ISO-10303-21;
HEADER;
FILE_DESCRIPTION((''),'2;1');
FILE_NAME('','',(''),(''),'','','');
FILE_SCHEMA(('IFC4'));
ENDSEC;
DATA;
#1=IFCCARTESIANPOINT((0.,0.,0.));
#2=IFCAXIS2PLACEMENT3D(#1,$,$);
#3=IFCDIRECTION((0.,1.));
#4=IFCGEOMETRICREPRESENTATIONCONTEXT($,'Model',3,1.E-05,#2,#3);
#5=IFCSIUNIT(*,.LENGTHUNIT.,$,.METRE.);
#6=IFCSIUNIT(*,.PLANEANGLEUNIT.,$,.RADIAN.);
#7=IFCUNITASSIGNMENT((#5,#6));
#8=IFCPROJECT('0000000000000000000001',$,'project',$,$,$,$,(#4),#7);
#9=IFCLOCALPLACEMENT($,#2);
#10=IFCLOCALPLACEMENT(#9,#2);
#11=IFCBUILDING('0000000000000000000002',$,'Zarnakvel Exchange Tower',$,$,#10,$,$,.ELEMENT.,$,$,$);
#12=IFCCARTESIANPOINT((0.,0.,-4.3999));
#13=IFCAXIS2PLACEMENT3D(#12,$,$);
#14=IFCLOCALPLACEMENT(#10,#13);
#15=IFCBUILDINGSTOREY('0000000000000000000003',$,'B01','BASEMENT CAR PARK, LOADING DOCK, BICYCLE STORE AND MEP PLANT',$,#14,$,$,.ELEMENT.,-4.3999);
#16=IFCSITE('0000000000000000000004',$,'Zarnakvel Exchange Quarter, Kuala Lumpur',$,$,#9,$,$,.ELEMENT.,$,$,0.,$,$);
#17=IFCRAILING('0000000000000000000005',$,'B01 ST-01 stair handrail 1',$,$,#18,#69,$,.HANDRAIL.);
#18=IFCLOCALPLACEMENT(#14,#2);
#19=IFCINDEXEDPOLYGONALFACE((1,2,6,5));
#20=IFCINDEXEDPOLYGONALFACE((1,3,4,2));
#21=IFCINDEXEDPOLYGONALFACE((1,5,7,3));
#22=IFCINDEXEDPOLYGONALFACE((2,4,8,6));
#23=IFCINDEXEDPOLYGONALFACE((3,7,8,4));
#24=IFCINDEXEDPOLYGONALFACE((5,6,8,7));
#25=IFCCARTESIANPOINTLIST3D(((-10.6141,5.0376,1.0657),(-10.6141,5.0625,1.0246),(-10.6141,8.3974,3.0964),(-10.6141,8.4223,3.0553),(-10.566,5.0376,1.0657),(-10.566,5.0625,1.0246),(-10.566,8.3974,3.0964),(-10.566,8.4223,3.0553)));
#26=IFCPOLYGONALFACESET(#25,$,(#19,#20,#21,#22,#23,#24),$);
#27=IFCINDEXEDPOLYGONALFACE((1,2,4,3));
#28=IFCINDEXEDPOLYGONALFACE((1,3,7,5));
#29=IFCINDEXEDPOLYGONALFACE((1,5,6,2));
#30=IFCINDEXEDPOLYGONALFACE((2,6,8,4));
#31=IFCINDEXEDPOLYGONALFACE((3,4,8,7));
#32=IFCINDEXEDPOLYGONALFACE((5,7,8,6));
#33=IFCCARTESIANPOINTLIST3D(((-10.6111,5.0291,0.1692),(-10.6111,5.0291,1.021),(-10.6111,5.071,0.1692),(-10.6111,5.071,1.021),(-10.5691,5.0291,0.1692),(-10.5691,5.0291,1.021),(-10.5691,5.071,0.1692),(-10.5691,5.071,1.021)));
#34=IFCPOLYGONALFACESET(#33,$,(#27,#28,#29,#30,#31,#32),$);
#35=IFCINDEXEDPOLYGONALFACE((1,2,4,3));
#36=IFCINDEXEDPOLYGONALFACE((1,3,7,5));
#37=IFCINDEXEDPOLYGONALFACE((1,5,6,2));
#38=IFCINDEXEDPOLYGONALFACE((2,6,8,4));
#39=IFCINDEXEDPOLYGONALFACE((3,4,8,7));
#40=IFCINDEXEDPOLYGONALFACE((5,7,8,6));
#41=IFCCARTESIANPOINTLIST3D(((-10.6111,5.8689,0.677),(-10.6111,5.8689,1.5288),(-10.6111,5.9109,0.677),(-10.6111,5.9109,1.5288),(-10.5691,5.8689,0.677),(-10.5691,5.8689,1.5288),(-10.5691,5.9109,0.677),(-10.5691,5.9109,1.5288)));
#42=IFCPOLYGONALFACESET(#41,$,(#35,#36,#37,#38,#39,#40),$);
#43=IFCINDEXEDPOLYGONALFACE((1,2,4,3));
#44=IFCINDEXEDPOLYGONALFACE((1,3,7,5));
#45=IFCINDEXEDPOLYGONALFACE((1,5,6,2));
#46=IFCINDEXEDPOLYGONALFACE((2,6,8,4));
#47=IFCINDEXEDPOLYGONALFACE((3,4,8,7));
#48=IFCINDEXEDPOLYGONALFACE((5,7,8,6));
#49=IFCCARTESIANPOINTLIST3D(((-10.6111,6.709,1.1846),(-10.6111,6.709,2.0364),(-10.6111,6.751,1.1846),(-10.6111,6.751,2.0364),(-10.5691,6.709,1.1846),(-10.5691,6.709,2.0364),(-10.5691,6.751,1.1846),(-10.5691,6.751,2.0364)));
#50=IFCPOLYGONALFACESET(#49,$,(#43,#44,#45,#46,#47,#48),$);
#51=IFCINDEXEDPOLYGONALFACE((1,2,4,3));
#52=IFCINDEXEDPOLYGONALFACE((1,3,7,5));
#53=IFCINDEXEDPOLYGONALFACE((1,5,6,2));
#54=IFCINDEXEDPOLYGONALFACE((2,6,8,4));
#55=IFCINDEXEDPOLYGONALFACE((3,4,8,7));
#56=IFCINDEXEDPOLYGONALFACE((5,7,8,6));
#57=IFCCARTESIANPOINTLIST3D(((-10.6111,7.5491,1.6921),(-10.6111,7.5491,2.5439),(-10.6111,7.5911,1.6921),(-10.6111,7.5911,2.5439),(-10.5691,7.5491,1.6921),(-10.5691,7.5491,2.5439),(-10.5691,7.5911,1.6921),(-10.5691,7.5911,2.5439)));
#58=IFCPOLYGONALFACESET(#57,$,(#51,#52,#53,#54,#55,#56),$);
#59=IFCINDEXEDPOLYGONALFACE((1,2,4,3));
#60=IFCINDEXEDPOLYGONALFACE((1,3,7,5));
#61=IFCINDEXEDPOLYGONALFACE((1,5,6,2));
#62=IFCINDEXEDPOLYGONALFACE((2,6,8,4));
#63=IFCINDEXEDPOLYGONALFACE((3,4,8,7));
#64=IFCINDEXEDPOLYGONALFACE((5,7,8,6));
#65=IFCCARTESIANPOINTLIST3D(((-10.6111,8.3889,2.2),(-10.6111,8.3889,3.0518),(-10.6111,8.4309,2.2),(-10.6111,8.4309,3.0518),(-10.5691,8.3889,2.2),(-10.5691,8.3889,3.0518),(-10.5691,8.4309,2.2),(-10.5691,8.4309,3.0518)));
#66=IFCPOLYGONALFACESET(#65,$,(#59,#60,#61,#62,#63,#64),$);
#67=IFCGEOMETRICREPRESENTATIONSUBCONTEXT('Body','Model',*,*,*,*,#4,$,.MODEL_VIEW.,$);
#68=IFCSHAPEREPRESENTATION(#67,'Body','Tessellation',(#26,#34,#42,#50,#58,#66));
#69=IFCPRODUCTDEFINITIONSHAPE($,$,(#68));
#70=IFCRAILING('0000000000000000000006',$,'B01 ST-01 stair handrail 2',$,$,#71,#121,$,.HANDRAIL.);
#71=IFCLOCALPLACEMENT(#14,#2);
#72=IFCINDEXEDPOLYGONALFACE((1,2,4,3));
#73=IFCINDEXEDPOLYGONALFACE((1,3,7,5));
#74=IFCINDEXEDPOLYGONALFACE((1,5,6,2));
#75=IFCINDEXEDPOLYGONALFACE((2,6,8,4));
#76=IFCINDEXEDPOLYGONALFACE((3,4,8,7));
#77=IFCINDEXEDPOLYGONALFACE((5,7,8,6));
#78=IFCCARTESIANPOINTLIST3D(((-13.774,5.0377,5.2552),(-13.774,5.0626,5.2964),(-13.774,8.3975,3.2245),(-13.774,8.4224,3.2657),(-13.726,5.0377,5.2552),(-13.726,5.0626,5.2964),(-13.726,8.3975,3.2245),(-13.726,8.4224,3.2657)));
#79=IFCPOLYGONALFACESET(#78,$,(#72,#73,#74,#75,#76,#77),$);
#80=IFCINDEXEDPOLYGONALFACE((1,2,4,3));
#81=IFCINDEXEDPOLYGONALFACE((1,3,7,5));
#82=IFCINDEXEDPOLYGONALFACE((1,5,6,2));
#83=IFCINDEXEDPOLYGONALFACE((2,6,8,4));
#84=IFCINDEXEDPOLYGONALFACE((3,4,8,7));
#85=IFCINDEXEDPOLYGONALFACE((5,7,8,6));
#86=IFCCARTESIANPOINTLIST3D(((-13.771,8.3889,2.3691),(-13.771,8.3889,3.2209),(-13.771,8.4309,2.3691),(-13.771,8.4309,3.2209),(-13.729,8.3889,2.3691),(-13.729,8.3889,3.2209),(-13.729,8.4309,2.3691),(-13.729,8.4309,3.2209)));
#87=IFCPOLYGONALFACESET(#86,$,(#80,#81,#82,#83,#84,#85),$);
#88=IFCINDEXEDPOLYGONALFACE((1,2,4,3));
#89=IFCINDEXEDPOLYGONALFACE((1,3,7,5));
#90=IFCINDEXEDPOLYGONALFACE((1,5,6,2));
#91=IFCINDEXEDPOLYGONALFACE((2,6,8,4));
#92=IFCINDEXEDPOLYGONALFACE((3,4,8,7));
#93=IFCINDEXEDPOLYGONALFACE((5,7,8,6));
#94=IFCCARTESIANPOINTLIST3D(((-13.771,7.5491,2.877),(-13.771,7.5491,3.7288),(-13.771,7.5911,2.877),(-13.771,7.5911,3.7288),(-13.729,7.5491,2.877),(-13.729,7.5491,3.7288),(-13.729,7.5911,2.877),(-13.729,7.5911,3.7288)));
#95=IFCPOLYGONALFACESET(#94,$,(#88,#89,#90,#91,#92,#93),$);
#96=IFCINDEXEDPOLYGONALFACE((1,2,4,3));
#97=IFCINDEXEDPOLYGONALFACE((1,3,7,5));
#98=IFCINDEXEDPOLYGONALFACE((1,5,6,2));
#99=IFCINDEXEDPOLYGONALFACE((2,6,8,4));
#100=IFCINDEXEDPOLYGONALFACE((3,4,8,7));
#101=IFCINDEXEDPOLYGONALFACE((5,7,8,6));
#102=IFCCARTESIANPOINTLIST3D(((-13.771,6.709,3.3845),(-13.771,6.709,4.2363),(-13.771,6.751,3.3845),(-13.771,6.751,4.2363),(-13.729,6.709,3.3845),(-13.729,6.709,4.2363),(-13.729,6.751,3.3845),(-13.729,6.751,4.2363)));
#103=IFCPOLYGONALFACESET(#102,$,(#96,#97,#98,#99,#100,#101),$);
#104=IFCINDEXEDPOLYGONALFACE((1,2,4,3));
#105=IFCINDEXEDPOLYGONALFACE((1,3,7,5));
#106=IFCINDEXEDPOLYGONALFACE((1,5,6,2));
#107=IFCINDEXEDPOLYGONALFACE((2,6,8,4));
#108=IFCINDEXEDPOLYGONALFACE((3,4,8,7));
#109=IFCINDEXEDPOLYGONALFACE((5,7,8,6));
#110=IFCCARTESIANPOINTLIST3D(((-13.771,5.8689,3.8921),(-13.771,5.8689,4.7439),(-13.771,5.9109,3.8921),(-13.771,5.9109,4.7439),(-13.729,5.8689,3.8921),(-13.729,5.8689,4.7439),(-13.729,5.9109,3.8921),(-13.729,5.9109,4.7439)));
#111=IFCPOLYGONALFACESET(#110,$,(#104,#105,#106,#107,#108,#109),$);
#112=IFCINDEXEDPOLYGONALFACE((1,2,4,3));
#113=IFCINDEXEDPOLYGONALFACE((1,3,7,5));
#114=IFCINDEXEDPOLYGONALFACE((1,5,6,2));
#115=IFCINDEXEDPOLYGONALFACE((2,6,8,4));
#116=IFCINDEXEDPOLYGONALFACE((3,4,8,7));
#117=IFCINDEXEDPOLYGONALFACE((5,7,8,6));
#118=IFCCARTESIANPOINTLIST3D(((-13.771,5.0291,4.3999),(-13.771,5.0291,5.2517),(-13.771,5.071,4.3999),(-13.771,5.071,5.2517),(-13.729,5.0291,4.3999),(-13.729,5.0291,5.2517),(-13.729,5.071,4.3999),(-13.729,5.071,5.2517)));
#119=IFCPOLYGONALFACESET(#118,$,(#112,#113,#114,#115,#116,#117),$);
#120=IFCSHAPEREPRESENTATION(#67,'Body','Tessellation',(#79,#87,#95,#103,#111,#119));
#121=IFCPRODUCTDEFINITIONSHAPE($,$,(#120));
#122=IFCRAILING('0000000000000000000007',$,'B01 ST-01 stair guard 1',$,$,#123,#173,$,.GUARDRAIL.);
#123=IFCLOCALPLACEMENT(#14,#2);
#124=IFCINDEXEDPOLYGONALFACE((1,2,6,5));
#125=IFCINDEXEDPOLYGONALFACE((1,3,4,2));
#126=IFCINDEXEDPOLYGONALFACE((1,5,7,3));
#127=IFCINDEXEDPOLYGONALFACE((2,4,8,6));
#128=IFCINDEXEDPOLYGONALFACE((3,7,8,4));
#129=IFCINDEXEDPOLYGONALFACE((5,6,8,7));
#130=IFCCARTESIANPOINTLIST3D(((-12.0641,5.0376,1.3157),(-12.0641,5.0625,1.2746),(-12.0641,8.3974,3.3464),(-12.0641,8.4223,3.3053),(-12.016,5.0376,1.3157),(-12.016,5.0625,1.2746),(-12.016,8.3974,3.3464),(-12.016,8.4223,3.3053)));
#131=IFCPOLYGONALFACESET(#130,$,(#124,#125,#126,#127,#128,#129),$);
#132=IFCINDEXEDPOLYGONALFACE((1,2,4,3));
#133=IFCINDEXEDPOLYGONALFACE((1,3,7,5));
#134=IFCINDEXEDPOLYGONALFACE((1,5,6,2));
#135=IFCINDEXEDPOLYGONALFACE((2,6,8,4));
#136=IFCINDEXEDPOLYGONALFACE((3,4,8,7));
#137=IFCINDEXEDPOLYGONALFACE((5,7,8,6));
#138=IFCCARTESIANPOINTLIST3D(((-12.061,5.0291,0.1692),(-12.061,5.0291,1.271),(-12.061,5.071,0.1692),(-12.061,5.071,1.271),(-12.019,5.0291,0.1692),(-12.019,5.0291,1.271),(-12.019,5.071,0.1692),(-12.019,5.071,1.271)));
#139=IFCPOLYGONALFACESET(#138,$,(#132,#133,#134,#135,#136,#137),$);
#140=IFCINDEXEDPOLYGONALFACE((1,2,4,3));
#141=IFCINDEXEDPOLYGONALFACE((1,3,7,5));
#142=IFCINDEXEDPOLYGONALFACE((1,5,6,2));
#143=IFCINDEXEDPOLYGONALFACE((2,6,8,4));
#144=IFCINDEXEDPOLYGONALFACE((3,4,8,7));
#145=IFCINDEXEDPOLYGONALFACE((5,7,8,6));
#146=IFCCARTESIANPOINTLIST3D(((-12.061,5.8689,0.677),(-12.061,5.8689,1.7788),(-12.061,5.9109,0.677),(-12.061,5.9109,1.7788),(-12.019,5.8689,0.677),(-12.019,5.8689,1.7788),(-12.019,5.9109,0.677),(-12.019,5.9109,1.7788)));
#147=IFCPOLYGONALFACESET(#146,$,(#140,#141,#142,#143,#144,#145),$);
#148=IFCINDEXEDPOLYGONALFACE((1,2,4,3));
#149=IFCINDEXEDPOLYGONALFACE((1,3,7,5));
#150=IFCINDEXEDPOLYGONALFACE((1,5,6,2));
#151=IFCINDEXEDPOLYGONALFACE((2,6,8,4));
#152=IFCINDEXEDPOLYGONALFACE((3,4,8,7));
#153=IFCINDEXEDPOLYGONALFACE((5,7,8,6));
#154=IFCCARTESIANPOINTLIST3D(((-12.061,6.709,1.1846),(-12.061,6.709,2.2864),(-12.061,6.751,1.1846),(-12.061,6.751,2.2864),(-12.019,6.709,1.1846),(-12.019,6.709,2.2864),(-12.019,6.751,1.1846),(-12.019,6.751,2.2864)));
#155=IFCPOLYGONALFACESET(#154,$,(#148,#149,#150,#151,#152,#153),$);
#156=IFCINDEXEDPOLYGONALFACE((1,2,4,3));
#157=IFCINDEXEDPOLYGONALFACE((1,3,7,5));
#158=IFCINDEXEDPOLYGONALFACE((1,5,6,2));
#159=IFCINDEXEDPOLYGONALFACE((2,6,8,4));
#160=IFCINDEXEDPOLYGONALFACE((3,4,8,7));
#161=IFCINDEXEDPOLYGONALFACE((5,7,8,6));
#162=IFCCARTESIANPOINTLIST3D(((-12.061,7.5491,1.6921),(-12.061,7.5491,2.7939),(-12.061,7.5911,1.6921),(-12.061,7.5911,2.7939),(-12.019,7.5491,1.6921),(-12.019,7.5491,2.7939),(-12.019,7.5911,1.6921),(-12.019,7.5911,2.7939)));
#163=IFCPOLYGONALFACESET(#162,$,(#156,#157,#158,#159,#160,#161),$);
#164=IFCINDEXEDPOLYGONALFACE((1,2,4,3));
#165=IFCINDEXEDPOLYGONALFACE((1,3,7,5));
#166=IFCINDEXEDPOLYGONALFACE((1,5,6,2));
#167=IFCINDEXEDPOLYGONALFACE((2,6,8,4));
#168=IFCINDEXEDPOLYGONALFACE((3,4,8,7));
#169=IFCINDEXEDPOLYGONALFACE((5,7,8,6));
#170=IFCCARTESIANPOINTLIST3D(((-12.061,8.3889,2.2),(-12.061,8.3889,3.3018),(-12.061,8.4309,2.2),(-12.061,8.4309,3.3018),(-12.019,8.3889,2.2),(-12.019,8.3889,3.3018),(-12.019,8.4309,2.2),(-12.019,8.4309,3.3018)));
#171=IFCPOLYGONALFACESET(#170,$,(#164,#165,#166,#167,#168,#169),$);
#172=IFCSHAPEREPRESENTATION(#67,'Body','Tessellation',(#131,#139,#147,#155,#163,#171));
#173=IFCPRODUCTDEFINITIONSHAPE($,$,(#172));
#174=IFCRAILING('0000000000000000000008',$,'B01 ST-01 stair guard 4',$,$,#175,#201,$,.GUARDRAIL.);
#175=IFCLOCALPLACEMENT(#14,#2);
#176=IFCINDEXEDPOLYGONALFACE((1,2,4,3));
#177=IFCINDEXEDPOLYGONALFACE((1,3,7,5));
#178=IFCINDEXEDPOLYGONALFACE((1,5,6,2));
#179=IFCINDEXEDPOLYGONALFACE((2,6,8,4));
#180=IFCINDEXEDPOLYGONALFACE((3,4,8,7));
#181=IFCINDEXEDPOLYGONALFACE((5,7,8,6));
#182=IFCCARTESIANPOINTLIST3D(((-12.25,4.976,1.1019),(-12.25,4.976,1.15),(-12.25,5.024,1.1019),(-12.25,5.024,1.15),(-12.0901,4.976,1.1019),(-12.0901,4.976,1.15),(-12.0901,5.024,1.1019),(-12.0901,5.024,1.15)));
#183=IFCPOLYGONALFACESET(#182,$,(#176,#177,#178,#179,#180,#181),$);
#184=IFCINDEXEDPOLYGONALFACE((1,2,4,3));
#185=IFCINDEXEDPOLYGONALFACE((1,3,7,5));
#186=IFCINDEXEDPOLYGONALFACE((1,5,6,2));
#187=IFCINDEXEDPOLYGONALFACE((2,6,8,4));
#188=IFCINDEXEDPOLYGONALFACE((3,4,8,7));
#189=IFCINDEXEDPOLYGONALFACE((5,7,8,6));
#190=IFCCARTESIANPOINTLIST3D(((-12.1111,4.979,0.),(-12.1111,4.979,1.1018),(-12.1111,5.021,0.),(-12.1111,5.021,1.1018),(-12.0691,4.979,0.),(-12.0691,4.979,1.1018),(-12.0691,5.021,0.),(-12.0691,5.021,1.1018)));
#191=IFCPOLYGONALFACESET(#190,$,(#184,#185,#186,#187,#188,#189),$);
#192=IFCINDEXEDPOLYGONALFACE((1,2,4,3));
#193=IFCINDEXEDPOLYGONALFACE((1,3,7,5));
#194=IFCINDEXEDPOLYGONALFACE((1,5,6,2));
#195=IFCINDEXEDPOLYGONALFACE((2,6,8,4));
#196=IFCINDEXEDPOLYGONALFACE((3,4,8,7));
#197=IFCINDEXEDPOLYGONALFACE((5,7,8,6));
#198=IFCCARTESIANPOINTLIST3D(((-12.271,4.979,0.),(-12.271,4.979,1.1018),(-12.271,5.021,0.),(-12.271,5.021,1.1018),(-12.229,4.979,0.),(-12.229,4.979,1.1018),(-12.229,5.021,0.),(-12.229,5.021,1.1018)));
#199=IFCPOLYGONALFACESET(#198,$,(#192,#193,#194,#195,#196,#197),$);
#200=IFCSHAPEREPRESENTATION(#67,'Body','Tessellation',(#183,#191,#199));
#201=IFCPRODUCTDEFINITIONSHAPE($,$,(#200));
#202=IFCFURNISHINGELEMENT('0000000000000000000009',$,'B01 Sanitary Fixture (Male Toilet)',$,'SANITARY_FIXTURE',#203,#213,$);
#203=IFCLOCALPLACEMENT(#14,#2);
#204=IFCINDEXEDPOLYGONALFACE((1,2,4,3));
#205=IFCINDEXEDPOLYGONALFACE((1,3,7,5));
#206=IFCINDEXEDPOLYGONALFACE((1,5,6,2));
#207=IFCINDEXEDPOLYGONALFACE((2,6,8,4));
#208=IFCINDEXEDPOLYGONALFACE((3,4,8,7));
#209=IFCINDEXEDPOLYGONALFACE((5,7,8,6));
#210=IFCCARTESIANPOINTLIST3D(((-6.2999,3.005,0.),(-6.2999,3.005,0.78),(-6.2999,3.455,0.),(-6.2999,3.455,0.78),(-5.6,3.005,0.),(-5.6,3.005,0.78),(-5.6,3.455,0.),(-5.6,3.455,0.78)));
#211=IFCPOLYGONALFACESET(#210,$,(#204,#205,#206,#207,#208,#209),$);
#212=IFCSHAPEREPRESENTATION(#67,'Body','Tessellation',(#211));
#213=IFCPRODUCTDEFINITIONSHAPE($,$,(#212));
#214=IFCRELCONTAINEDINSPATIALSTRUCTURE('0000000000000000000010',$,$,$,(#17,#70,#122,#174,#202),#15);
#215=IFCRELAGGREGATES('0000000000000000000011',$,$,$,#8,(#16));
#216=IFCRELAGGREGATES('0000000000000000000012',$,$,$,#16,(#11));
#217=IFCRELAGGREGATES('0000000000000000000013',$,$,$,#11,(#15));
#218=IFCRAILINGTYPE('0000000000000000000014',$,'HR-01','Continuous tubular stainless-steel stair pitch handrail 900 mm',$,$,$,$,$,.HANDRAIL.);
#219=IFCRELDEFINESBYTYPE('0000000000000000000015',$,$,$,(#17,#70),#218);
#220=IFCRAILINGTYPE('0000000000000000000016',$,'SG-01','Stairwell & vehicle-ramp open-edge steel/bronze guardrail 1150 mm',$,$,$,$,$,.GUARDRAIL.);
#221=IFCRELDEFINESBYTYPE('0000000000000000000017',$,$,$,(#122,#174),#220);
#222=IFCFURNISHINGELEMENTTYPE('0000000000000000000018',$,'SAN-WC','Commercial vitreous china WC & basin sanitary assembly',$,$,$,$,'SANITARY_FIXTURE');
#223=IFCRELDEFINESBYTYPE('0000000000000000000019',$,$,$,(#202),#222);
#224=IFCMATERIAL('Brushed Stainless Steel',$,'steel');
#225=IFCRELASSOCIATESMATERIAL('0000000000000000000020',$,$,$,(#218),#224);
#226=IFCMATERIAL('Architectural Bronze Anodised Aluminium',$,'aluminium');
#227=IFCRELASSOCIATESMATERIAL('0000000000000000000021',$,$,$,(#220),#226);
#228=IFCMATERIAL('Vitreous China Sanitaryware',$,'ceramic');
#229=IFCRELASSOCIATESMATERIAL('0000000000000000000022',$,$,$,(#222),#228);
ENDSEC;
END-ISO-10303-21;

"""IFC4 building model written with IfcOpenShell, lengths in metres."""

from ifc_helpers import new_model, si_unit, direction, frame, origin, origin_2d, place, context, subcontext, project, spatial, rectangle, extrude, source, transform, mapped, material, type_object, element, save


model = new_model("IFC4")

# Units and contexts
model_context = context("Model", 3, precision=1e-05, world=origin(), true_north=direction((0.0, 1.0)))
body_context = subcontext(model_context, "Body", "Model", "MODEL_VIEW")
ifc_project = project(units=[si_unit("LENGTHUNIT", "METRE"), si_unit("PLANEANGLEUNIT", "RADIAN")], contexts=[model_context])

# Site, building, storey
site_placement = place(None, origin())
site = spatial("IfcSite", under=ifc_project, at=site_placement, Name="Zarnakvel Exchange Quarter, Kuala Lumpur", CompositionType="ELEMENT", RefElevation=0.0)
building_placement = place(site_placement, origin())
building = spatial("IfcBuilding", under=site, at=building_placement, Name="Zarnakvel Exchange Tower", CompositionType="ELEMENT")
storey_placement = place(building_placement, frame((0.0, 0.0, -4.3999)))
storey = spatial("IfcBuildingStorey", under=building, at=storey_placement, Name="B01", Description="BASEMENT CAR PARK, LOADING DOCK, BICYCLE STORE AND MEP PLANT", CompositionType="ELEMENT", Elevation=-4.3999)

# Shared definitions
ifc_material_1 = material(Name="Brushed Stainless Steel", Category="steel")

# Railings
railing_type_1 = type_object("IfcRailingType", Name="HR-01", Description="Continuous tubular stainless-steel stair pitch handrail 900 mm", PredefinedType="HANDRAIL", material=ifc_material_1)
railing_1_placement = place(storey_placement, frame((-10.5901, 5.05, 0.1692)))
element("IfcRailing", 1, at=railing_1_placement, inside=storey, type_object=railing_type_1, Name="B01 ST-01 stair handrail 1", PredefinedType="HANDRAIL", context=body_context, shape_type="SweptSolid", body=[
    extrude(rectangle(XDim=0.0481, YDim=0.0481, at=origin_2d()), frame((0.0, 0.0, 0.876), z_axis=(0.0, 0.85582, 0.517273), x_axis=(-1.0, 0.0, 0.0)), (0.0, 0.0, 1.0), 3.9258),
    extrude(rectangle(XDim=0.042, YDim=0.042, at=origin_2d()), origin(), (0.0, 0.0, 1.0), 0.8518),
    extrude(rectangle(XDim=0.042, YDim=0.042, at=origin_2d()), frame((0.0, 0.8398, 0.5078)), (0.0, 0.0, 1.0), 0.8518),
    extrude(rectangle(XDim=0.042, YDim=0.042, at=origin_2d()), frame((0.0, 1.6799, 1.0154)), (0.0, 0.0, 1.0), 0.8518),
    extrude(rectangle(XDim=0.042, YDim=0.042, at=origin_2d()), frame((0.0, 2.52, 1.5229)), (0.0, 0.0, 1.0), 0.8518),
    extrude(rectangle(XDim=0.042, YDim=0.042, at=origin_2d()), frame((0.0, 3.3599, 2.0308)), (0.0, 0.0, 1.0), 0.8518),
])
railing_2_placement = place(storey_placement, frame((-13.75, 8.4099, 2.3691)))
element("IfcRailing", 2, at=railing_2_placement, inside=storey, type_object=railing_type_1, Name="B01 ST-01 stair handrail 2", PredefinedType="HANDRAIL", context=body_context, shape_type="SweptSolid", body=[
    extrude(rectangle(XDim=0.0481, YDim=0.0481, at=origin_2d()), frame((0.0, 0.0, 0.876), z_axis=(0.0, -0.85582, 0.517273), x_axis=(1.0, 0.0, 0.0)), (0.0, 0.0, 1.0), 3.9258),
    extrude(rectangle(XDim=0.042, YDim=0.042, at=origin_2d()), origin(), (0.0, 0.0, 1.0), 0.8518),
    extrude(rectangle(XDim=0.042, YDim=0.042, at=origin_2d()), frame((0.0, -0.8398, 0.5078)), (0.0, 0.0, 1.0), 0.8518),
    extrude(rectangle(XDim=0.042, YDim=0.042, at=origin_2d()), frame((0.0, -1.6799, 1.0154)), (0.0, 0.0, 1.0), 0.8518),
    extrude(rectangle(XDim=0.042, YDim=0.042, at=origin_2d()), frame((0.0, -2.52, 1.5229)), (0.0, 0.0, 1.0), 0.8518),
    extrude(rectangle(XDim=0.042, YDim=0.042, at=origin_2d()), frame((0.0, -3.3599, 2.0308)), (0.0, 0.0, 1.0), 0.8518),
])
ifc_material_2 = material(Name="Architectural Bronze Anodised Aluminium", Category="aluminium")
railing_type_2 = type_object("IfcRailingType", Name="SG-01", Description="Stairwell & vehicle-ramp open-edge steel/bronze guardrail 1150 mm", PredefinedType="GUARDRAIL", material=ifc_material_2)
railing_3_placement = place(storey_placement, frame((-12.04, 5.05, 0.1692)))
element("IfcRailing", 3, at=railing_3_placement, inside=storey, type_object=railing_type_2, Name="B01 ST-01 stair guard 1", PredefinedType="GUARDRAIL", context=body_context, shape_type="SweptSolid", body=[
    extrude(rectangle(XDim=0.0481, YDim=0.0481, at=origin_2d()), frame((0.0, 0.0, 1.126), z_axis=(0.0, 0.85582, 0.517273), x_axis=(-1.0, 0.0, 0.0)), (0.0, 0.0, 1.0), 3.9258),
    extrude(rectangle(XDim=0.042, YDim=0.042, at=origin_2d()), origin(), (0.0, 0.0, 1.0), 1.1018),
    extrude(rectangle(XDim=0.042, YDim=0.042, at=origin_2d()), frame((0.0, 0.8398, 0.5078)), (0.0, 0.0, 1.0), 1.1018),
    extrude(rectangle(XDim=0.042, YDim=0.042, at=origin_2d()), frame((0.0, 1.6799, 1.0154)), (0.0, 0.0, 1.0), 1.1018),
    extrude(rectangle(XDim=0.042, YDim=0.042, at=origin_2d()), frame((0.0, 2.52, 1.5229)), (0.0, 0.0, 1.0), 1.1018),
    extrude(rectangle(XDim=0.042, YDim=0.042, at=origin_2d()), frame((0.0, 3.3599, 2.0308)), (0.0, 0.0, 1.0), 1.1018),
])
railing_4_placement = place(storey_placement, frame((-12.0901, 5.0, 0.0)))
element("IfcRailing", 4, at=railing_4_placement, inside=storey, type_object=railing_type_2, Name="B01 ST-01 stair guard 4", PredefinedType="GUARDRAIL", context=body_context, shape_type="SweptSolid", body=[
    extrude(rectangle(XDim=0.0481, YDim=0.0481, at=origin_2d()), frame((0.0, 0.0, 1.126), z_axis=(-1.0, 0.0, 0.0), x_axis=(0.0, -1.0, 0.0)), (0.0, 0.0, 1.0), 0.1599),
    extrude(rectangle(XDim=0.042, YDim=0.042, at=origin_2d()), origin(), (0.0, 0.0, 1.0), 1.1018),
    extrude(rectangle(XDim=0.042, YDim=0.042, at=origin_2d()), frame((-0.1599, 0.0, 0.0)), (0.0, 0.0, 1.0), 1.1018),
])

# Furnishing element
ifc_material_3 = material(Name="Vitreous China Sanitaryware", Category="ceramic")
furnishing_element_type = type_object("IfcFurnishingElementType", Name="SAN-WC", Description="Commercial vitreous china WC & basin sanitary assembly", ElementType="SANITARY_FIXTURE", material=ifc_material_3)
shared_shape_1 = source(origin(), body_context, "Body", "SweptSolid", [
    extrude(rectangle(XDim=0.7, YDim=0.45, at=origin_2d()), origin(), (0.0, 0.0, 1.0), 0.78),
])
furnishing_placement = place(storey_placement, frame((-5.95, 3.23, 0.0), z_axis=(0.0, 0.0, 1.0), x_axis=(1.0, 0.0, 0.0)))
element("IfcFurnishingElement", 5, at=furnishing_placement, inside=storey, type_object=furnishing_element_type, Name="B01 Sanitary Fixture (Male Toilet)", ObjectType="SANITARY_FIXTURE", context=body_context, shape_type="MappedRepresentation", body=[
    mapped(shared_shape_1, transform((0.0, 0.0, 0.0), x_axis=(1.0, 0.0, 0.0), y_axis=(0.0, 1.0, 0.0), z_axis=(0.0, 0.0, 1.0), scale=1.0)),
])

save(model, "model.ifc")
